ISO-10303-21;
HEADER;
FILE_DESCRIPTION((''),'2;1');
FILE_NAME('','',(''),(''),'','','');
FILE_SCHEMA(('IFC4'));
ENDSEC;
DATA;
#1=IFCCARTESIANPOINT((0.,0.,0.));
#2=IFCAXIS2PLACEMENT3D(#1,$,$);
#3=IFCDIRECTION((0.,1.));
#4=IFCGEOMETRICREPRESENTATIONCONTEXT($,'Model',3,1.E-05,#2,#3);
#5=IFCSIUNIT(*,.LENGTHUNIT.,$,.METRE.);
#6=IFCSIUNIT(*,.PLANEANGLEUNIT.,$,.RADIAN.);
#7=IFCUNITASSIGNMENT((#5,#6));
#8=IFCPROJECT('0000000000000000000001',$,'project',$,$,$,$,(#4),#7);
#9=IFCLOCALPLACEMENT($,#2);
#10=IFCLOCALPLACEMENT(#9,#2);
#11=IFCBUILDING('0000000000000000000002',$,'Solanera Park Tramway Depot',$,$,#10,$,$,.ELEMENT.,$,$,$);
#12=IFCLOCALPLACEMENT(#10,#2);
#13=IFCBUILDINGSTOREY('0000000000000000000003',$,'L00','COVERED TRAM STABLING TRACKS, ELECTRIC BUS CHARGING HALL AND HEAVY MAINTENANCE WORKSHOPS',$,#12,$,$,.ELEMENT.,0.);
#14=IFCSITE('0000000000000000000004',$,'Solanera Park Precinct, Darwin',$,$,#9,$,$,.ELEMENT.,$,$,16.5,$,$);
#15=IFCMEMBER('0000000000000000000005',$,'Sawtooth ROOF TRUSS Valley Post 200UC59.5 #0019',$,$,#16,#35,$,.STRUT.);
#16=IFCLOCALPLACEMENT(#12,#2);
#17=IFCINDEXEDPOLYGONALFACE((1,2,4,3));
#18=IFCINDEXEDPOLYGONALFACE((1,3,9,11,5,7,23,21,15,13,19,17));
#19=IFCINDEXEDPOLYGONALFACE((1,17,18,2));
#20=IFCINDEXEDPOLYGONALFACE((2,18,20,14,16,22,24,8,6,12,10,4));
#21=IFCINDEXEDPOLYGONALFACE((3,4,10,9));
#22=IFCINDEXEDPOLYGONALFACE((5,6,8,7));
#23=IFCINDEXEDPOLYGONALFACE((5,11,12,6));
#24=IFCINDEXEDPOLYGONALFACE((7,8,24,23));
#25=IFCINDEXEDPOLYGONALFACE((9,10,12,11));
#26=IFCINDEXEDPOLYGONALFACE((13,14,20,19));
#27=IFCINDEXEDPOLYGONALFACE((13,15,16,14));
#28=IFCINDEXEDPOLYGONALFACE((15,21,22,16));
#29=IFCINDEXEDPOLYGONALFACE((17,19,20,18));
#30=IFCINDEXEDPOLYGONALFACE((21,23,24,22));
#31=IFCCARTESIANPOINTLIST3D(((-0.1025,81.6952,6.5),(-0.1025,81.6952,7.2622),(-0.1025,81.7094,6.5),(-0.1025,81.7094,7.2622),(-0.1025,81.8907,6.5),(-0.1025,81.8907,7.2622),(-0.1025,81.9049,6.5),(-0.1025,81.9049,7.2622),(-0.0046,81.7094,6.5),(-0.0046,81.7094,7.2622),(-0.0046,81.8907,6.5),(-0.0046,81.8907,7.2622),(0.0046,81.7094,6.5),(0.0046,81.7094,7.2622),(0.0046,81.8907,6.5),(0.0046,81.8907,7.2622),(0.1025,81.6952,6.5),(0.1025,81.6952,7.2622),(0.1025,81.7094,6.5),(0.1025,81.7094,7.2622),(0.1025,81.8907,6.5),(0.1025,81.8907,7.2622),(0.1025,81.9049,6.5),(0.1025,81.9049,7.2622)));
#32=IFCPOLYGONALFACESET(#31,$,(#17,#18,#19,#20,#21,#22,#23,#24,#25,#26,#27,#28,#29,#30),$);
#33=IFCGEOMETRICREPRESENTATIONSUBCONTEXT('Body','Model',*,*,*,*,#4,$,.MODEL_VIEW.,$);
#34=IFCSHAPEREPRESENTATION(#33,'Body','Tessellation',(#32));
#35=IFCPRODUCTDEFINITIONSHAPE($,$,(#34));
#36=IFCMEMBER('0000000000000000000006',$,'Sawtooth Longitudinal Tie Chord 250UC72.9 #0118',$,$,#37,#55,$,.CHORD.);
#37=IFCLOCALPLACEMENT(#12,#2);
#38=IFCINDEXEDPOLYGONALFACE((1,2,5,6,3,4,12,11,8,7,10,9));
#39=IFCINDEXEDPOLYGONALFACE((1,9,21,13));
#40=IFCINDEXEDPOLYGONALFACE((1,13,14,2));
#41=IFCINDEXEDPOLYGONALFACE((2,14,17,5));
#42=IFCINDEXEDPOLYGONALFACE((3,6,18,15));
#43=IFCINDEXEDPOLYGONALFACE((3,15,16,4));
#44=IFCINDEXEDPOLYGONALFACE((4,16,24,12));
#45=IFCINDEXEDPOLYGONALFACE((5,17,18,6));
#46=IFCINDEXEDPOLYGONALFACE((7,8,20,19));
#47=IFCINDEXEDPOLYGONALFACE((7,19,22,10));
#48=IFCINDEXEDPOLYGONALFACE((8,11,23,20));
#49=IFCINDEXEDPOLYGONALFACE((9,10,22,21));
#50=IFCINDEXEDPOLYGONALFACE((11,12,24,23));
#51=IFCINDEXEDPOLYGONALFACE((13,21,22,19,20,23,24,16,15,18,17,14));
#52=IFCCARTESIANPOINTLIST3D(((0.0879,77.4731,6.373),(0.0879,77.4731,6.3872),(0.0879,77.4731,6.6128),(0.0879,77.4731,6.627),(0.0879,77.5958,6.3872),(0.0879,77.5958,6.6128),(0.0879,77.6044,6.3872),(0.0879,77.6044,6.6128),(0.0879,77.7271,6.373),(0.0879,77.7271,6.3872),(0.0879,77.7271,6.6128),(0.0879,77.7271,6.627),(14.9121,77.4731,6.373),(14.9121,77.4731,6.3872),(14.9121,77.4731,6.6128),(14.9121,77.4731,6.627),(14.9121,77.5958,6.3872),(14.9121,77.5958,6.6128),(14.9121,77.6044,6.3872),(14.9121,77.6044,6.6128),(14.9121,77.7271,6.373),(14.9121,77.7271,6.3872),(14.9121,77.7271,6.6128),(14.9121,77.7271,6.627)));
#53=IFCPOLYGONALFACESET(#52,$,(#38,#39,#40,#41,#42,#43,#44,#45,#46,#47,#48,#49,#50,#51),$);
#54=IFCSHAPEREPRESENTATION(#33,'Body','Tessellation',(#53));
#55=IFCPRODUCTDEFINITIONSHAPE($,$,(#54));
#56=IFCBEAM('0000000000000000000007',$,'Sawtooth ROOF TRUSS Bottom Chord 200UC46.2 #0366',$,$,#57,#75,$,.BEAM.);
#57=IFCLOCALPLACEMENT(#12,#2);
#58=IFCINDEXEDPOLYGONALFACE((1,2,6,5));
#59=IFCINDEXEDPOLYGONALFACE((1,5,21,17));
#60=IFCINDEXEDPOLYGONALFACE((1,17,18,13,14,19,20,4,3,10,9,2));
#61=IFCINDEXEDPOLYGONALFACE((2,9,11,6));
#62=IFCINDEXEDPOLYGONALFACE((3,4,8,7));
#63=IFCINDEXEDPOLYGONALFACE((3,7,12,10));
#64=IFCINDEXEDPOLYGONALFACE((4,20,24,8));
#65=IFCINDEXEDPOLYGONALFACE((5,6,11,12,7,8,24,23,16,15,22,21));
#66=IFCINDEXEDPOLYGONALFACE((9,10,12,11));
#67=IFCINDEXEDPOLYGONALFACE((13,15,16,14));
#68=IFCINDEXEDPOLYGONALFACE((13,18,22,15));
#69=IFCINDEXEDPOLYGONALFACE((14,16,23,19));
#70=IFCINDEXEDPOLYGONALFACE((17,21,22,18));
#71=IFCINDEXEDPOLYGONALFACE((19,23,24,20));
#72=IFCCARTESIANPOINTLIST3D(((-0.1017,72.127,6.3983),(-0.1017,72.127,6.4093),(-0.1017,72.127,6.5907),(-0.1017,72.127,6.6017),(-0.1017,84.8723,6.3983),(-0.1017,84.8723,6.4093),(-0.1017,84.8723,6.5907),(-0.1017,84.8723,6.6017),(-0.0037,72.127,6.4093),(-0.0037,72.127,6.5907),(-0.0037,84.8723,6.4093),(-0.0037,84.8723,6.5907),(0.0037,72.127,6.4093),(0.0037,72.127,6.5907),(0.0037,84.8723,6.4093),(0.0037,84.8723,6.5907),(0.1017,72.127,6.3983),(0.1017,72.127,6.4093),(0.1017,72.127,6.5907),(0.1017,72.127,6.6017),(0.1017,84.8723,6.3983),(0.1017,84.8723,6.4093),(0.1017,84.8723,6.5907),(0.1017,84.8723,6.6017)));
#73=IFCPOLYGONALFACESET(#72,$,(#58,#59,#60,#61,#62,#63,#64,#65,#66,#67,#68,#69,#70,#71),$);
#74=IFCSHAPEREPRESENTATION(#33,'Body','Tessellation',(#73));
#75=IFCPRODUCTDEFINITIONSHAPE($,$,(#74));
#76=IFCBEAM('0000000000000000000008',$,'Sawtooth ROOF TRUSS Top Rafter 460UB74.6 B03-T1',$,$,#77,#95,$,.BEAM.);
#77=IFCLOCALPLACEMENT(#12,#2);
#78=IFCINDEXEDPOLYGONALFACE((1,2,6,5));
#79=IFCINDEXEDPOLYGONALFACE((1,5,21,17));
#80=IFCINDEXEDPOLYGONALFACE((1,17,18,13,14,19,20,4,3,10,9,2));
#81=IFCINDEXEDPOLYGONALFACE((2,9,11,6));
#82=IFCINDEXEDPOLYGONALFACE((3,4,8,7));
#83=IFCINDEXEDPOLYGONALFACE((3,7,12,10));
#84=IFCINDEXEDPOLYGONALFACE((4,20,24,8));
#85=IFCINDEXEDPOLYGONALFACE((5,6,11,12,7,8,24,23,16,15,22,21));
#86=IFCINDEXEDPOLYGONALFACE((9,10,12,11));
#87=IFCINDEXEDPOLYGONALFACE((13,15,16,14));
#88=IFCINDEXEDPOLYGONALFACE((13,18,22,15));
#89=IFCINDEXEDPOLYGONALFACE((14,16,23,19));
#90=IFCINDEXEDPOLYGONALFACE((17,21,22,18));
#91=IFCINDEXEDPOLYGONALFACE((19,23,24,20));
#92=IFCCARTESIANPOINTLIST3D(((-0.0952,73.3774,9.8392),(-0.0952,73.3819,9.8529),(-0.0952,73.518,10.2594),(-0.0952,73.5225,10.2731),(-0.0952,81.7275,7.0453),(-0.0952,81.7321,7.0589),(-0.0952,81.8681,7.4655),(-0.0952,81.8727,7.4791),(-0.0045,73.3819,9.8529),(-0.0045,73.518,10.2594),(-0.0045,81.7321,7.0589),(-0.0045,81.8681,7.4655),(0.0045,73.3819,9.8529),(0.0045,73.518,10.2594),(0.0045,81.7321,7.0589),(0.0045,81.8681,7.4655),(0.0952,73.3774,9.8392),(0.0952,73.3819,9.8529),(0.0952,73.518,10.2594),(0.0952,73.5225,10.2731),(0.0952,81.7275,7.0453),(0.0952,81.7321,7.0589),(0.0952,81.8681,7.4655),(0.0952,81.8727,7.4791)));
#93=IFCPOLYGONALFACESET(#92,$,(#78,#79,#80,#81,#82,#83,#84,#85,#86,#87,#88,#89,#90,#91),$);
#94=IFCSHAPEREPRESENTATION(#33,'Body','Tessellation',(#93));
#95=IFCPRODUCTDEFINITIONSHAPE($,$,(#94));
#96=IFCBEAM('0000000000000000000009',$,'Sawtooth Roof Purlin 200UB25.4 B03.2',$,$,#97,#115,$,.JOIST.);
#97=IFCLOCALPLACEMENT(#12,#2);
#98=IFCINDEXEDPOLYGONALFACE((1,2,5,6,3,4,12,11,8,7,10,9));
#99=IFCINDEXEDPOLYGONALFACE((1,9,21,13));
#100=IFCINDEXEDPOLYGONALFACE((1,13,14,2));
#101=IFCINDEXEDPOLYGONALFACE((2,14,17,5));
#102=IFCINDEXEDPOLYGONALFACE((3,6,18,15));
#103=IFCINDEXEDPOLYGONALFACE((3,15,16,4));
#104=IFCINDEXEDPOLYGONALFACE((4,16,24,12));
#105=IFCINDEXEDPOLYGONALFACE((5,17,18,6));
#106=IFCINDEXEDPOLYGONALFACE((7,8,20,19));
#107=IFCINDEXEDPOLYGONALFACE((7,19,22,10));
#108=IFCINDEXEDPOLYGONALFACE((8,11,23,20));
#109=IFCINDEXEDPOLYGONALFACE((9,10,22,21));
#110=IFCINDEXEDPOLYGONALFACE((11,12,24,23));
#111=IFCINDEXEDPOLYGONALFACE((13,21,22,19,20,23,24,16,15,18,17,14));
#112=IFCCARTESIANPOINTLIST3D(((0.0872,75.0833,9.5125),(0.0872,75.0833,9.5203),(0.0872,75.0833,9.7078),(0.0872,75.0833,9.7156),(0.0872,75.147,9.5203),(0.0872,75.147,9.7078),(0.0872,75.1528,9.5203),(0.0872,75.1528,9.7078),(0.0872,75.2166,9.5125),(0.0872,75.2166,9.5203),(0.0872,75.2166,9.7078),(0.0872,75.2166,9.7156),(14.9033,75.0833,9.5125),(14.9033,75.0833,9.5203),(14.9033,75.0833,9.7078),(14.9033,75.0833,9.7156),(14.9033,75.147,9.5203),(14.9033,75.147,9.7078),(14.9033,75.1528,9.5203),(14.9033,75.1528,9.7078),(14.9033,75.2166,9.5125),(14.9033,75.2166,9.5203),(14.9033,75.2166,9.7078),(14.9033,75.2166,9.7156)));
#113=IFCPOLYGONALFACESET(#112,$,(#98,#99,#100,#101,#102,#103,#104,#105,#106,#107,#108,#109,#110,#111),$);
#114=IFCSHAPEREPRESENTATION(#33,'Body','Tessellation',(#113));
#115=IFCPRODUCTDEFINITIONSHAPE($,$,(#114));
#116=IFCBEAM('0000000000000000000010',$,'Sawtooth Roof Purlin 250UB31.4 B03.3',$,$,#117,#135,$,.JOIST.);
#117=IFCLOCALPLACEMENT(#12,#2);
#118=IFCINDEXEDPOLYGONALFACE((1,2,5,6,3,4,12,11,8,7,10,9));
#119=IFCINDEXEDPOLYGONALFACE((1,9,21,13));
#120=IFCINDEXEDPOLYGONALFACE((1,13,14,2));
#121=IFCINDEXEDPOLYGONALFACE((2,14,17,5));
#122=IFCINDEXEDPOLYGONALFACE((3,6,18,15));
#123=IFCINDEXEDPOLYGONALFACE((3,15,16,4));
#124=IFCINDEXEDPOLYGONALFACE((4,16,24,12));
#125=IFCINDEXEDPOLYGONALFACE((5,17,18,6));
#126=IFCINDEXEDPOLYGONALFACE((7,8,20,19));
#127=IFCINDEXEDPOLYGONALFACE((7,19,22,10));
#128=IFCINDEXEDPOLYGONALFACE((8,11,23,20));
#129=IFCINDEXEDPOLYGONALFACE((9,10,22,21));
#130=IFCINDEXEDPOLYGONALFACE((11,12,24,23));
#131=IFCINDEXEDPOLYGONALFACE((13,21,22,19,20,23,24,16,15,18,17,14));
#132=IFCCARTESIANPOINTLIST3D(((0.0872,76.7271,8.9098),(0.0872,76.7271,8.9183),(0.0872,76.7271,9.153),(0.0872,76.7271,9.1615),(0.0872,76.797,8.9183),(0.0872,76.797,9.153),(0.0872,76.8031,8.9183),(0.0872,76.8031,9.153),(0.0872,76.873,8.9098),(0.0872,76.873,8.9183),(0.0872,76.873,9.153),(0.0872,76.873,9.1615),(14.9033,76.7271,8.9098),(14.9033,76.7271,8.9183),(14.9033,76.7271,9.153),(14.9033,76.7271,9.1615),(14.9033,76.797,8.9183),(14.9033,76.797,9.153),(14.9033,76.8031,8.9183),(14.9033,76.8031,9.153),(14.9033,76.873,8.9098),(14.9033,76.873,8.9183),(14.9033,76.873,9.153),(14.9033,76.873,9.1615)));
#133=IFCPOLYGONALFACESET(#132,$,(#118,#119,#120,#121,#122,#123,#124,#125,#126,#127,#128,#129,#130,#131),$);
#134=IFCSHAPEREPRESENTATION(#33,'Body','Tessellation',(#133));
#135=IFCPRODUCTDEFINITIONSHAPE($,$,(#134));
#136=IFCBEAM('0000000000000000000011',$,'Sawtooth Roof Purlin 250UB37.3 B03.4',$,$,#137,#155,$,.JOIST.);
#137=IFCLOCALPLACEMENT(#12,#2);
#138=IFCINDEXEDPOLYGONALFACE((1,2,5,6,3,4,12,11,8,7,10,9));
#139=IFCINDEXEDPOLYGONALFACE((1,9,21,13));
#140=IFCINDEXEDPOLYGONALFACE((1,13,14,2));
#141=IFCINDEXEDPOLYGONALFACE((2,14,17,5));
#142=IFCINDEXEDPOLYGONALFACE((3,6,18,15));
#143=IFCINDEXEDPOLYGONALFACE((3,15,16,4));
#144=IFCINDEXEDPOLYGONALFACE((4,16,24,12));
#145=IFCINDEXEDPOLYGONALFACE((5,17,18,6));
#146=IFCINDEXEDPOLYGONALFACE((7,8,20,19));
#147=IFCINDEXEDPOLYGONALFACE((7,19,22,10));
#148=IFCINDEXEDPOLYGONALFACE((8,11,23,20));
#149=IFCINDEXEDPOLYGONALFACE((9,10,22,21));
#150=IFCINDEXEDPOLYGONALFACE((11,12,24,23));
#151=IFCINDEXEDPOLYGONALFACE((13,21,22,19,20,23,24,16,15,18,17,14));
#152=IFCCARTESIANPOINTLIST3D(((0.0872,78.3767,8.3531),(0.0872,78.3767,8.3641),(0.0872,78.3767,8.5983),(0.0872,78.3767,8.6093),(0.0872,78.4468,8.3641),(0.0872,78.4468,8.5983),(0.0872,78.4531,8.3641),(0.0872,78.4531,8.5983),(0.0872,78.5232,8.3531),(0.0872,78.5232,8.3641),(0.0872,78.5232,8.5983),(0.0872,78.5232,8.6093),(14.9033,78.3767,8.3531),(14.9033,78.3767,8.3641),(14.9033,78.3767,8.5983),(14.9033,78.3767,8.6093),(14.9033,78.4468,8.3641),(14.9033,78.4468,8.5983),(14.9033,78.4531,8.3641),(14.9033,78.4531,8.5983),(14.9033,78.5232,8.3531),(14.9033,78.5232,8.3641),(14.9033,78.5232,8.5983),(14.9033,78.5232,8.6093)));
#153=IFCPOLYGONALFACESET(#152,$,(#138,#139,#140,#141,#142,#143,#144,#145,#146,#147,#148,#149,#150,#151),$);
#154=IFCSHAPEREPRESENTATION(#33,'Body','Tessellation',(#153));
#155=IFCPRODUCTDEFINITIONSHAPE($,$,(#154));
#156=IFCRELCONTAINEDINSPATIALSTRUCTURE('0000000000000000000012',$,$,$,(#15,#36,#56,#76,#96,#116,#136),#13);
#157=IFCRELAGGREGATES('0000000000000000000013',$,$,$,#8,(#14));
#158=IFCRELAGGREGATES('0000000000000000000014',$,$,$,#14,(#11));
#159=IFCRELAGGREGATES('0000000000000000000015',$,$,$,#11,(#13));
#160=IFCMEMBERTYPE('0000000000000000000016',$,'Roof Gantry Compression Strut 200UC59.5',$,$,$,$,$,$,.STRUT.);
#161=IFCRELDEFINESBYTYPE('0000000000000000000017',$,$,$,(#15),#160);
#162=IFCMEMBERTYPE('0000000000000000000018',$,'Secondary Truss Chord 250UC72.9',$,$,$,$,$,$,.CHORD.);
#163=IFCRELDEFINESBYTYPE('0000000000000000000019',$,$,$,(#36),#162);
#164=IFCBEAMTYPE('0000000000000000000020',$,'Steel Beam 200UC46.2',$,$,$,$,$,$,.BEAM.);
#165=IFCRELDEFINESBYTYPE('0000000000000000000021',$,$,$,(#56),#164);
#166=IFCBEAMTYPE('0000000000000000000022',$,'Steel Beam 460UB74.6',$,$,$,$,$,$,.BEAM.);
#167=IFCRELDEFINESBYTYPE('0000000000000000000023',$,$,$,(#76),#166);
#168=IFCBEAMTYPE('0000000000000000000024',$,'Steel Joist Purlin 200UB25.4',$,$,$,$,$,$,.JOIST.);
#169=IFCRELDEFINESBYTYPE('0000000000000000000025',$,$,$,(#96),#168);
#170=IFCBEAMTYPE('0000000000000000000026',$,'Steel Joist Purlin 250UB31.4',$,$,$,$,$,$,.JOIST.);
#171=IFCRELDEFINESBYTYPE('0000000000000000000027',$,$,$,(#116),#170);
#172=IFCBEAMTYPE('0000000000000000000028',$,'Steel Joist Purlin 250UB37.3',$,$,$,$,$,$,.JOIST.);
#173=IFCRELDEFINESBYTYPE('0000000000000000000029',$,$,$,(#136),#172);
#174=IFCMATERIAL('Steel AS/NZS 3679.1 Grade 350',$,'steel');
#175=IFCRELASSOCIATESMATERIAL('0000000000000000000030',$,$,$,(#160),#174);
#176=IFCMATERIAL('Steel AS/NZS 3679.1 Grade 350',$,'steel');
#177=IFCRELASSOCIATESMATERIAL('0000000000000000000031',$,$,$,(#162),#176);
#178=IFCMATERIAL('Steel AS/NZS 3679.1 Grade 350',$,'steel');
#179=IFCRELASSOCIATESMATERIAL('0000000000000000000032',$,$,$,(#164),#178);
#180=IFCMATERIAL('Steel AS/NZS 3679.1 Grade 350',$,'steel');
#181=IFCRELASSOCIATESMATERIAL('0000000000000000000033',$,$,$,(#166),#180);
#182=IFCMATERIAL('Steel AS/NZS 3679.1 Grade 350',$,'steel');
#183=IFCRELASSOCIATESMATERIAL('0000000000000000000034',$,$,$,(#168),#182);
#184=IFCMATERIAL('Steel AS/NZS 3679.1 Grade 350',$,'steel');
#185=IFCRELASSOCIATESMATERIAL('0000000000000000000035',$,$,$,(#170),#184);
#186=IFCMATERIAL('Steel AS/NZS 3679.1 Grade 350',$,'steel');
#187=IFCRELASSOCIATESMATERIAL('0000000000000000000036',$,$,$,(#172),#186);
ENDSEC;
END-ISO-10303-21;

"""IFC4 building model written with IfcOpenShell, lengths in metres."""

from ifc_helpers import new_model, si_unit, direction, frame, origin, origin_2d, place, context, subcontext, project, spatial, i_section, extrude, material, material_profile, profile_set, type_object, element, save


model = new_model("IFC4")

# Units and contexts
model_context = context("Model", 3, precision=1e-05, world=origin(), true_north=direction((0.0, 1.0)))
body_context = subcontext(model_context, "Body", "Model", "MODEL_VIEW")
ifc_project = project(units=[si_unit("LENGTHUNIT", "METRE"), si_unit("PLANEANGLEUNIT", "RADIAN")], contexts=[model_context])

# Site, building, storey
site_placement = place(None, origin())
site = spatial("IfcSite", under=ifc_project, at=site_placement, Name="Solanera Park Precinct, Darwin", CompositionType="ELEMENT", RefElevation=16.5)
building_placement = place(site_placement, origin())
building = spatial("IfcBuilding", under=site, at=building_placement, Name="Solanera Park Tramway Depot", CompositionType="ELEMENT")
storey_placement = place(building_placement, origin())
storey = spatial("IfcBuildingStorey", under=building, at=storey_placement, Name="L00", Description="COVERED TRAM STABLING TRACKS, ELECTRIC BUS CHARGING HALL AND HEAVY MAINTENANCE WORKSHOPS", CompositionType="ELEMENT", Elevation=0.0)

# Members
ifc_material_1 = material(Name="Steel AS/NZS 3679.1 Grade 350", Category="steel")
ifc_material_profile_1 = material_profile(ifc_material_1, i_section(OverallWidth=0.2051, OverallDepth=0.2097, WebThickness=0.0093, FlangeThickness=0.0142, at=origin_2d()), Name="200UC59.5")
ifc_profile_set_1 = profile_set([ifc_material_profile_1], Name="Steel AS/NZS 3679.1 Grade 350")
member_type_1 = type_object("IfcMemberType", Name="Roof Gantry Compression Strut 200UC59.5", PredefinedType="STRUT", material=ifc_profile_set_1)
member_1_placement = place(storey_placement, frame((0.0, 81.8, 6.5), z_axis=(0.0, 0.0, 1.0), x_axis=(1.0, 0.0, 0.0)))
element("IfcMember", 1, at=member_1_placement, inside=storey, type_object=member_type_1, Name="Sawtooth ROOF TRUSS Valley Post 200UC59.5 #0019", PredefinedType="STRUT", context=body_context, shape_type="SweptSolid", body=[
    extrude(i_section(OverallWidth=0.2051, OverallDepth=0.2097, WebThickness=0.0093, FlangeThickness=0.0142, at=origin_2d()), origin(), (0.0, 0.0, 1.0), 0.7622),
])
ifc_material_2 = material(Name="Steel AS/NZS 3679.1 Grade 350", Category="steel")
ifc_material_profile_2 = material_profile(ifc_material_2, i_section(OverallWidth=0.2539, OverallDepth=0.2539, WebThickness=0.0085, FlangeThickness=0.0142, at=origin_2d()), Name="250UC72.9")
ifc_profile_set_2 = profile_set([ifc_material_profile_2], Name="Steel AS/NZS 3679.1 Grade 350")
member_type_2 = type_object("IfcMemberType", Name="Secondary Truss Chord 250UC72.9", PredefinedType="CHORD", material=ifc_profile_set_2)
member_2_placement = place(storey_placement, frame((0.0879, 77.6001, 6.5), z_axis=(1.0, 0.0, 0.0), x_axis=(0.0, 1.0, 0.0)))
element("IfcMember", 2, at=member_2_placement, inside=storey, type_object=member_type_2, Name="Sawtooth Longitudinal Tie Chord 250UC72.9 #0118", PredefinedType="CHORD", context=body_context, shape_type="SweptSolid", body=[
    extrude(i_section(OverallWidth=0.2539, OverallDepth=0.2539, WebThickness=0.0085, FlangeThickness=0.0142, at=origin_2d()), origin(), (0.0, 0.0, 1.0), 14.8242),
])

# Beams
ifc_material_3 = material(Name="Steel AS/NZS 3679.1 Grade 350", Category="steel")
ifc_material_profile_3 = material_profile(ifc_material_3, i_section(OverallWidth=0.2034, OverallDepth=0.2034, WebThickness=0.0073, FlangeThickness=0.011, at=origin_2d()), Name="200UC46.2")
ifc_profile_set_3 = profile_set([ifc_material_profile_3], Name="Steel AS/NZS 3679.1 Grade 350")
beam_type_1 = type_object("IfcBeamType", Name="Steel Beam 200UC46.2", PredefinedType="BEAM", material=ifc_profile_set_3)
beam_1_placement = place(storey_placement, frame((0.0, 72.127, 6.5), z_axis=(0.0, 1.0, 0.0), x_axis=(-1.0, 0.0, 0.0)))
element("IfcBeam", 3, at=beam_1_placement, inside=storey, type_object=beam_type_1, Name="Sawtooth ROOF TRUSS Bottom Chord 200UC46.2 #0366", PredefinedType="BEAM", context=body_context, shape_type="SweptSolid", body=[
    extrude(i_section(OverallWidth=0.2034, OverallDepth=0.2034, WebThickness=0.0073, FlangeThickness=0.011, at=origin_2d()), origin(), (0.0, 0.0, 1.0), 12.7454),
])
ifc_material_4 = material(Name="Steel AS/NZS 3679.1 Grade 350", Category="steel")
ifc_material_profile_4 = material_profile(ifc_material_4, i_section(OverallWidth=0.1904, OverallDepth=0.4575, WebThickness=0.009, FlangeThickness=0.0144, at=origin_2d()), Name="460UB74.6")
ifc_profile_set_4 = profile_set([ifc_material_profile_4], Name="Steel AS/NZS 3679.1 Grade 350")
beam_type_2 = type_object("IfcBeamType", Name="Steel Beam 460UB74.6", PredefinedType="BEAM", material=ifc_profile_set_4)
beam_2_placement = place(storey_placement, frame((0.0, 73.45, 10.0562), z_axis=(0.0, 0.948322, -0.317309), x_axis=(-1.0, 0.0, 0.0)))
element("IfcBeam", 4, at=beam_2_placement, inside=storey, type_object=beam_type_2, Name="Sawtooth ROOF TRUSS Top Rafter 460UB74.6 B03-T1", PredefinedType="BEAM", context=body_context, shape_type="SweptSolid", body=[
    extrude(i_section(OverallWidth=0.1904, OverallDepth=0.4575, WebThickness=0.009, FlangeThickness=0.0144, at=origin_2d()), origin(), (0.0, 0.0, 1.0), 8.8052),
])
ifc_material_5 = material(Name="Steel AS/NZS 3679.1 Grade 350", Category="steel")
ifc_material_profile_5 = material_profile(ifc_material_5, i_section(OverallWidth=0.1333, OverallDepth=0.2031, WebThickness=0.0059, FlangeThickness=0.0078, at=origin_2d()), Name="200UB25.4")
ifc_profile_set_5 = profile_set([ifc_material_profile_5], Name="Steel AS/NZS 3679.1 Grade 350")
beam_type_3 = type_object("IfcBeamType", Name="Steel Joist Purlin 200UB25.4", PredefinedType="JOIST", material=ifc_profile_set_5)
beam_3_placement = place(storey_placement, frame((0.0872, 75.1499, 9.614), z_axis=(1.0, 0.0, 0.0), x_axis=(0.0, 1.0, 0.0)))
element("IfcBeam", 5, at=beam_3_placement, inside=storey, type_object=beam_type_3, Name="Sawtooth Roof Purlin 200UB25.4 B03.2", PredefinedType="JOIST", context=body_context, shape_type="SweptSolid", body=[
    extrude(i_section(OverallWidth=0.1333, OverallDepth=0.2031, WebThickness=0.0059, FlangeThickness=0.0078, at=origin_2d()), origin(), (0.0, 0.0, 1.0), 14.8162),
])
ifc_material_6 = material(Name="Steel AS/NZS 3679.1 Grade 350", Category="steel")
ifc_material_profile_6 = material_profile(ifc_material_6, i_section(OverallWidth=0.146, OverallDepth=0.2517, WebThickness=0.0061, FlangeThickness=0.0085, at=origin_2d()), Name="250UB31.4")
ifc_profile_set_6 = profile_set([ifc_material_profile_6], Name="Steel AS/NZS 3679.1 Grade 350")
beam_type_4 = type_object("IfcBeamType", Name="Steel Joist Purlin 250UB31.4", PredefinedType="JOIST", material=ifc_profile_set_6)
beam_4_placement = place(storey_placement, frame((0.0872, 76.8, 9.0356), z_axis=(1.0, 0.0, 0.0), x_axis=(0.0, 1.0, 0.0)))
element("IfcBeam", 6, at=beam_4_placement, inside=storey, type_object=beam_type_4, Name="Sawtooth Roof Purlin 250UB31.4 B03.3", PredefinedType="JOIST", context=body_context, shape_type="SweptSolid", body=[
    extrude(i_section(OverallWidth=0.146, OverallDepth=0.2517, WebThickness=0.0061, FlangeThickness=0.0085, at=origin_2d()), origin(), (0.0, 0.0, 1.0), 14.8162),
])
ifc_material_7 = material(Name="Steel AS/NZS 3679.1 Grade 350", Category="steel")
ifc_material_profile_7 = material_profile(ifc_material_7, i_section(OverallWidth=0.1465, OverallDepth=0.2561, WebThickness=0.0063, FlangeThickness=0.011, at=origin_2d()), Name="250UB37.3")
ifc_profile_set_7 = profile_set([ifc_material_profile_7], Name="Steel AS/NZS 3679.1 Grade 350")
beam_type_5 = type_object("IfcBeamType", Name="Steel Joist Purlin 250UB37.3", PredefinedType="JOIST", material=ifc_profile_set_7)
beam_5_placement = place(storey_placement, frame((0.0872, 78.45, 8.4812), z_axis=(1.0, 0.0, 0.0), x_axis=(0.0, 1.0, 0.0)))
element("IfcBeam", 7, at=beam_5_placement, inside=storey, type_object=beam_type_5, Name="Sawtooth Roof Purlin 250UB37.3 B03.4", PredefinedType="JOIST", context=body_context, shape_type="SweptSolid", body=[
    extrude(i_section(OverallWidth=0.1465, OverallDepth=0.2561, WebThickness=0.0063, FlangeThickness=0.011, at=origin_2d()), origin(), (0.0, 0.0, 1.0), 14.8162),
])

save(model, "model.ifc")
